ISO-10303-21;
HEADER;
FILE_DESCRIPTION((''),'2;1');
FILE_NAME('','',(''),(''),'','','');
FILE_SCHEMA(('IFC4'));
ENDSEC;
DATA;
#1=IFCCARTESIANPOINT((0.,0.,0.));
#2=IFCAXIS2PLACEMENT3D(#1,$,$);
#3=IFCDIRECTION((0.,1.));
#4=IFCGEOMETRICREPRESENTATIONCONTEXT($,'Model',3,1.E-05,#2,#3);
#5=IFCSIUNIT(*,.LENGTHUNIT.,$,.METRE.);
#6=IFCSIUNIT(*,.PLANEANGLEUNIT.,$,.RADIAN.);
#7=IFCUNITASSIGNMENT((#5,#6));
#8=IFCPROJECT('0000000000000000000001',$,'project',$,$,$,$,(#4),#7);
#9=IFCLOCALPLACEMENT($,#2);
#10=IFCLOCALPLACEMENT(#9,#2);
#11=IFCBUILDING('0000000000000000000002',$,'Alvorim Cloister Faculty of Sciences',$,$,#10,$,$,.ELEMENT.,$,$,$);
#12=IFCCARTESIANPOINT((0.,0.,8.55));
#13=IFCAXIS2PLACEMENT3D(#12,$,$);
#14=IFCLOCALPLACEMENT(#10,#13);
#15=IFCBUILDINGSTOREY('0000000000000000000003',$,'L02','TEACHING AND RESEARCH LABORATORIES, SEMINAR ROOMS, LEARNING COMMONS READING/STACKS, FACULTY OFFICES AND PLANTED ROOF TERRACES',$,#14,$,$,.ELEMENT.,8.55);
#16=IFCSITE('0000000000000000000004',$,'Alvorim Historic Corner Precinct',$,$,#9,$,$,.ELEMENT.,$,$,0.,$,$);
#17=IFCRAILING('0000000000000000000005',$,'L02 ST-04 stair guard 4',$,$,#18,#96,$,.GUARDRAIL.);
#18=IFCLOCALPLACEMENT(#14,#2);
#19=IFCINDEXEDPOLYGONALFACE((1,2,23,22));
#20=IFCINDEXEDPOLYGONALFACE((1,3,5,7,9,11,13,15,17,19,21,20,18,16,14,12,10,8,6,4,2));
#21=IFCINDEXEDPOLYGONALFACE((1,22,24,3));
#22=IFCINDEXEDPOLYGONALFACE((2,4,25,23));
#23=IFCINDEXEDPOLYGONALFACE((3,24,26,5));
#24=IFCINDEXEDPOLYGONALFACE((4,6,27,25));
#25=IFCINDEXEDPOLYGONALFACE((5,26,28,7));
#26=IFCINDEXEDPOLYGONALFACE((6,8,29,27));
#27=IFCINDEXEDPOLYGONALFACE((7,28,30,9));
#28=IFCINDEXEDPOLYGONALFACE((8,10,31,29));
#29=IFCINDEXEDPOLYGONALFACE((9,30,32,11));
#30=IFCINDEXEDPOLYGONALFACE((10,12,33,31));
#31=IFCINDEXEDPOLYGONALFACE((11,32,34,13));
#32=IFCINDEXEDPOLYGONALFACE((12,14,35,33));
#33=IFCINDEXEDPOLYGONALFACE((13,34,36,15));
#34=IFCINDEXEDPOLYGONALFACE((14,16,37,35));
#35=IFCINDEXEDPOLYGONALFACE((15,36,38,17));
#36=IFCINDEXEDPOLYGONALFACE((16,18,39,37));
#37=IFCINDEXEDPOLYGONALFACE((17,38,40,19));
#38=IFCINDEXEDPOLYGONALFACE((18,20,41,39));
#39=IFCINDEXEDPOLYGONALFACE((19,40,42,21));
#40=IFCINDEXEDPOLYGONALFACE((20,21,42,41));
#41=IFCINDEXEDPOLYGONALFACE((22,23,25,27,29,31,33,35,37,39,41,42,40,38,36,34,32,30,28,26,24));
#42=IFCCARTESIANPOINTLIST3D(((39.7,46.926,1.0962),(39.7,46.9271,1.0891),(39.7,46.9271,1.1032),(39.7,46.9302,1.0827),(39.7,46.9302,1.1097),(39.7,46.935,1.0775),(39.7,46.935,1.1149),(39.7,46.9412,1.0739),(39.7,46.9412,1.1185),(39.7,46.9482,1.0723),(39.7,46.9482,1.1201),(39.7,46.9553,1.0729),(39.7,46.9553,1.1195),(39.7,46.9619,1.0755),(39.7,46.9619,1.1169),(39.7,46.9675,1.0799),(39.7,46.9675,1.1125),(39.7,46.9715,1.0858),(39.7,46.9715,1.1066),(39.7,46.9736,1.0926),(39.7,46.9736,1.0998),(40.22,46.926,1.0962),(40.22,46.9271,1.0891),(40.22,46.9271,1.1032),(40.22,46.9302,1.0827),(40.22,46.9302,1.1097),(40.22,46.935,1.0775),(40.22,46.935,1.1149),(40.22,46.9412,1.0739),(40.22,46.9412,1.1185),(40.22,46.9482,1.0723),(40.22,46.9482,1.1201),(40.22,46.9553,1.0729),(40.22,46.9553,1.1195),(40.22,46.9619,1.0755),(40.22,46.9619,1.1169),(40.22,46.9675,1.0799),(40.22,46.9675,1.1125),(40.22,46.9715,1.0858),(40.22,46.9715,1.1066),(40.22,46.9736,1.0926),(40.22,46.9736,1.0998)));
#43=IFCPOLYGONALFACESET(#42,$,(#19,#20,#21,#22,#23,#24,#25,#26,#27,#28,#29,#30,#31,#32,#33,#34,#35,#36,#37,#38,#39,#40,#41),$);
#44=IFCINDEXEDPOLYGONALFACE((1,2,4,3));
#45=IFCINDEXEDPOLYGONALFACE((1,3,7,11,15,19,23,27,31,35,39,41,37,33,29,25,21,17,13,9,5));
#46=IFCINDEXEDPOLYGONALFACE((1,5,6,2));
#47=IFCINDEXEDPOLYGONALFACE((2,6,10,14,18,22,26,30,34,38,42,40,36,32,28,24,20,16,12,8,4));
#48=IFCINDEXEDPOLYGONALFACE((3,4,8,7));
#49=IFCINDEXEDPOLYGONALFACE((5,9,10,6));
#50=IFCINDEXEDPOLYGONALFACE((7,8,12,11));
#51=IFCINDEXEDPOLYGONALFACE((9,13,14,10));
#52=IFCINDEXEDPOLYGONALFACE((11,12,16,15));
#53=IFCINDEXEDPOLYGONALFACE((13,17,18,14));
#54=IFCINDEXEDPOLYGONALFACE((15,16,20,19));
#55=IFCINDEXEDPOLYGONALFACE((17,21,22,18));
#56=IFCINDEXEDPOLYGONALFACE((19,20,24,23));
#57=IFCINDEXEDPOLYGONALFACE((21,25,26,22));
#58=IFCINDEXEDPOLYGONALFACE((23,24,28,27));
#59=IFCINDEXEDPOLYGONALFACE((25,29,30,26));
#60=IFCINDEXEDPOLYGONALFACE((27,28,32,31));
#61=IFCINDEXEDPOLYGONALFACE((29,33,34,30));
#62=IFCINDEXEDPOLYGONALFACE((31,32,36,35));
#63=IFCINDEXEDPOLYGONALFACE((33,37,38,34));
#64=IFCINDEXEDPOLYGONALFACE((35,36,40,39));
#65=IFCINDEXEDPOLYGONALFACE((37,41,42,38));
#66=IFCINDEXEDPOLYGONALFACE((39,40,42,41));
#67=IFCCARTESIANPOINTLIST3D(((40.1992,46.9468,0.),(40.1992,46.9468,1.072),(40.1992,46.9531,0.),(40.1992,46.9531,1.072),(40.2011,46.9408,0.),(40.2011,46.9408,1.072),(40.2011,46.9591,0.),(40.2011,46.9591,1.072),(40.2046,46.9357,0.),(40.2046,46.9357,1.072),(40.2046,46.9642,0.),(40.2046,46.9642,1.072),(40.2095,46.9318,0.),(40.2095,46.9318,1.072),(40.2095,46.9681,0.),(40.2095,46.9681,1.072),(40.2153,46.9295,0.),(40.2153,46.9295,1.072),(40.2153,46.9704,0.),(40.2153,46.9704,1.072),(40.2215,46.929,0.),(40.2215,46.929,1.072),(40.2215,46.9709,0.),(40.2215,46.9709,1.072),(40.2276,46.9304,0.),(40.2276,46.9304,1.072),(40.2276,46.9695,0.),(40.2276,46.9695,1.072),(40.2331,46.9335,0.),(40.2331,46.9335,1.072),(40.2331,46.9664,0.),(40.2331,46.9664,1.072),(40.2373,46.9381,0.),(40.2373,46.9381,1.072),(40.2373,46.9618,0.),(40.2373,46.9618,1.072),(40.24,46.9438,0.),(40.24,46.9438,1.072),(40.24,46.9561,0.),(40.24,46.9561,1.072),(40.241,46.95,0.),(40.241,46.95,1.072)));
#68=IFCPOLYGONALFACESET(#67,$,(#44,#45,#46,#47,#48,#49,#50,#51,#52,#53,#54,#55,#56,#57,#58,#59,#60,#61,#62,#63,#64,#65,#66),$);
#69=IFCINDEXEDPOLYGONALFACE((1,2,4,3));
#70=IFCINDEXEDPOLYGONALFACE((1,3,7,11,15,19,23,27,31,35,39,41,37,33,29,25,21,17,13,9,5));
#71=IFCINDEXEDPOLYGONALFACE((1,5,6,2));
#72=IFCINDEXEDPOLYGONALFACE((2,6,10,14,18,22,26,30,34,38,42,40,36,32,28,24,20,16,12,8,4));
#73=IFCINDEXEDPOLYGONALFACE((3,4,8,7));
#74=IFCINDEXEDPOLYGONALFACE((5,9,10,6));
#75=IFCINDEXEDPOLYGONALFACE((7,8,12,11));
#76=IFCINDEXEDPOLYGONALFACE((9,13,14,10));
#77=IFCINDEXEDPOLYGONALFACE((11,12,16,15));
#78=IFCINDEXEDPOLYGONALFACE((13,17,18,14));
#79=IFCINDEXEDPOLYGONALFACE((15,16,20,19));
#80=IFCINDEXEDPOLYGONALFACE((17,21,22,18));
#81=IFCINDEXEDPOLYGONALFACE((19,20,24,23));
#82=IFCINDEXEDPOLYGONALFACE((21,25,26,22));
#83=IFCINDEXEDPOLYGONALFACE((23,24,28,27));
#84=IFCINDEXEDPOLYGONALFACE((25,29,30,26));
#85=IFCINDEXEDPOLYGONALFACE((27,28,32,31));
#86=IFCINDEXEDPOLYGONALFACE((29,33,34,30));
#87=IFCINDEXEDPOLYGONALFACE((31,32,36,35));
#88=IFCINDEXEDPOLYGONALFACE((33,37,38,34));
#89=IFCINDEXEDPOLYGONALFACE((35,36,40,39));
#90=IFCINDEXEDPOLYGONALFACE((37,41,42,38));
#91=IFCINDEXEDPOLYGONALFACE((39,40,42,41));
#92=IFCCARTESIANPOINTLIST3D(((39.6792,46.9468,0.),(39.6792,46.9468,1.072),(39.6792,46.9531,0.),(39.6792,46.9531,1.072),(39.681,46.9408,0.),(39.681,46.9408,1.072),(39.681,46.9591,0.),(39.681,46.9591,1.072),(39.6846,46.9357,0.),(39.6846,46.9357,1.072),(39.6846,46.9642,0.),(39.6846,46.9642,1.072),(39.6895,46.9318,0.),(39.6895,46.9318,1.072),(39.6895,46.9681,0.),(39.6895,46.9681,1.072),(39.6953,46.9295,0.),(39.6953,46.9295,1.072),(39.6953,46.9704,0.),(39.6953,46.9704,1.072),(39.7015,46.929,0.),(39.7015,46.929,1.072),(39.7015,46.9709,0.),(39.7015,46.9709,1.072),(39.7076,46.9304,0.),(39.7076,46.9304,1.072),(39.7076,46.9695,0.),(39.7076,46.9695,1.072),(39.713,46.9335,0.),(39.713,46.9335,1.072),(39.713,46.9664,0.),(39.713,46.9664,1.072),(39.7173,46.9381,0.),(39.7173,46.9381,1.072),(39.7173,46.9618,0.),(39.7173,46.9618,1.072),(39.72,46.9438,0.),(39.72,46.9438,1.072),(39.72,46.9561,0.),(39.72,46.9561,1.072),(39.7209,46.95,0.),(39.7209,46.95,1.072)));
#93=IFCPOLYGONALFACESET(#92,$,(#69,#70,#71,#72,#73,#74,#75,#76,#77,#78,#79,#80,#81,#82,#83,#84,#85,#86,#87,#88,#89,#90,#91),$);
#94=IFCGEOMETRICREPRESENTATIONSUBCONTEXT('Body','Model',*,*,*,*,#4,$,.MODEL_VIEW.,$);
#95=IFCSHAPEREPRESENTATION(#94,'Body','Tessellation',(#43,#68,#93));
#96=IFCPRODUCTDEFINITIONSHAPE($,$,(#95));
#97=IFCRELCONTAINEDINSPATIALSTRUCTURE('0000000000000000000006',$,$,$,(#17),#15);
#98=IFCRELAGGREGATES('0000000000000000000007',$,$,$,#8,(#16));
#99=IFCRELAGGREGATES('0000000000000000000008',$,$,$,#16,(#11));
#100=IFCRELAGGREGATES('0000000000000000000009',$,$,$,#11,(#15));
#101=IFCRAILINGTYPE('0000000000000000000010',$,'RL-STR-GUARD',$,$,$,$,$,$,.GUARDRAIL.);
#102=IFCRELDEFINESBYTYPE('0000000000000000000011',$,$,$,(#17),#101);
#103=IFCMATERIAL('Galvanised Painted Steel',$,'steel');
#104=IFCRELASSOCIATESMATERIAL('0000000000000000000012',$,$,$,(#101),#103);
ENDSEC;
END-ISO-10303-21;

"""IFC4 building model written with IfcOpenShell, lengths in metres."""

from ifc_helpers import new_model, si_unit, direction, frame, origin, origin_2d, place, context, subcontext, project, spatial, circle, extrude, material, type_object, element, save


model = new_model("IFC4")

# Units and contexts
model_context = context("Model", 3, precision=1e-05, world=origin(), true_north=direction((0.0, 1.0)))
body_context = subcontext(model_context, "Body", "Model", "MODEL_VIEW")
ifc_project = project(units=[si_unit("LENGTHUNIT", "METRE"), si_unit("PLANEANGLEUNIT", "RADIAN")], contexts=[model_context])

# Site, building, storey
site_placement = place(None, origin())
site = spatial("IfcSite", under=ifc_project, at=site_placement, Name="Alvorim Historic Corner Precinct", CompositionType="ELEMENT", RefElevation=0.0)
building_placement = place(site_placement, origin())
building = spatial("IfcBuilding", under=site, at=building_placement, Name="Alvorim Cloister Faculty of Sciences", CompositionType="ELEMENT")
storey_placement = place(building_placement, frame((0.0, 0.0, 8.55)))
storey = spatial("IfcBuildingStorey", under=building, at=storey_placement, Name="L02", Description="TEACHING AND RESEARCH LABORATORIES, SEMINAR ROOMS, LEARNING COMMONS READING/STACKS, FACULTY OFFICES AND PLANTED ROOF TERRACES", CompositionType="ELEMENT", Elevation=8.55)

# Railing
ifc_material_1 = material(Name="Galvanised Painted Steel", Category="steel")
railing_type_1 = type_object("IfcRailingType", Name="RL-STR-GUARD", PredefinedType="GUARDRAIL", material=ifc_material_1)
railing_1_placement = place(storey_placement, frame((40.22, 46.95, 0.0)))
element("IfcRailing", 1, at=railing_1_placement, inside=storey, type_object=railing_type_1, Name="L02 ST-04 stair guard 4", PredefinedType="GUARDRAIL", context=body_context, shape_type="SweptSolid", body=[
    extrude(circle(Radius=0.0239, at=origin_2d()), frame((0.0, 0.0, 1.0962), z_axis=(-1.0, 0.0, 0.0), x_axis=(0.0, -1.0, 0.0)), (0.0, 0.0, 1.0), 0.52),
    extrude(circle(Radius=0.021, at=origin_2d()), origin(), (0.0, 0.0, 1.0), 1.072),
    extrude(circle(Radius=0.021, at=origin_2d()), frame((-0.52, 0.0, 0.0)), (0.0, 0.0, 1.0), 1.072),
])

save(model, "model.ifc")
